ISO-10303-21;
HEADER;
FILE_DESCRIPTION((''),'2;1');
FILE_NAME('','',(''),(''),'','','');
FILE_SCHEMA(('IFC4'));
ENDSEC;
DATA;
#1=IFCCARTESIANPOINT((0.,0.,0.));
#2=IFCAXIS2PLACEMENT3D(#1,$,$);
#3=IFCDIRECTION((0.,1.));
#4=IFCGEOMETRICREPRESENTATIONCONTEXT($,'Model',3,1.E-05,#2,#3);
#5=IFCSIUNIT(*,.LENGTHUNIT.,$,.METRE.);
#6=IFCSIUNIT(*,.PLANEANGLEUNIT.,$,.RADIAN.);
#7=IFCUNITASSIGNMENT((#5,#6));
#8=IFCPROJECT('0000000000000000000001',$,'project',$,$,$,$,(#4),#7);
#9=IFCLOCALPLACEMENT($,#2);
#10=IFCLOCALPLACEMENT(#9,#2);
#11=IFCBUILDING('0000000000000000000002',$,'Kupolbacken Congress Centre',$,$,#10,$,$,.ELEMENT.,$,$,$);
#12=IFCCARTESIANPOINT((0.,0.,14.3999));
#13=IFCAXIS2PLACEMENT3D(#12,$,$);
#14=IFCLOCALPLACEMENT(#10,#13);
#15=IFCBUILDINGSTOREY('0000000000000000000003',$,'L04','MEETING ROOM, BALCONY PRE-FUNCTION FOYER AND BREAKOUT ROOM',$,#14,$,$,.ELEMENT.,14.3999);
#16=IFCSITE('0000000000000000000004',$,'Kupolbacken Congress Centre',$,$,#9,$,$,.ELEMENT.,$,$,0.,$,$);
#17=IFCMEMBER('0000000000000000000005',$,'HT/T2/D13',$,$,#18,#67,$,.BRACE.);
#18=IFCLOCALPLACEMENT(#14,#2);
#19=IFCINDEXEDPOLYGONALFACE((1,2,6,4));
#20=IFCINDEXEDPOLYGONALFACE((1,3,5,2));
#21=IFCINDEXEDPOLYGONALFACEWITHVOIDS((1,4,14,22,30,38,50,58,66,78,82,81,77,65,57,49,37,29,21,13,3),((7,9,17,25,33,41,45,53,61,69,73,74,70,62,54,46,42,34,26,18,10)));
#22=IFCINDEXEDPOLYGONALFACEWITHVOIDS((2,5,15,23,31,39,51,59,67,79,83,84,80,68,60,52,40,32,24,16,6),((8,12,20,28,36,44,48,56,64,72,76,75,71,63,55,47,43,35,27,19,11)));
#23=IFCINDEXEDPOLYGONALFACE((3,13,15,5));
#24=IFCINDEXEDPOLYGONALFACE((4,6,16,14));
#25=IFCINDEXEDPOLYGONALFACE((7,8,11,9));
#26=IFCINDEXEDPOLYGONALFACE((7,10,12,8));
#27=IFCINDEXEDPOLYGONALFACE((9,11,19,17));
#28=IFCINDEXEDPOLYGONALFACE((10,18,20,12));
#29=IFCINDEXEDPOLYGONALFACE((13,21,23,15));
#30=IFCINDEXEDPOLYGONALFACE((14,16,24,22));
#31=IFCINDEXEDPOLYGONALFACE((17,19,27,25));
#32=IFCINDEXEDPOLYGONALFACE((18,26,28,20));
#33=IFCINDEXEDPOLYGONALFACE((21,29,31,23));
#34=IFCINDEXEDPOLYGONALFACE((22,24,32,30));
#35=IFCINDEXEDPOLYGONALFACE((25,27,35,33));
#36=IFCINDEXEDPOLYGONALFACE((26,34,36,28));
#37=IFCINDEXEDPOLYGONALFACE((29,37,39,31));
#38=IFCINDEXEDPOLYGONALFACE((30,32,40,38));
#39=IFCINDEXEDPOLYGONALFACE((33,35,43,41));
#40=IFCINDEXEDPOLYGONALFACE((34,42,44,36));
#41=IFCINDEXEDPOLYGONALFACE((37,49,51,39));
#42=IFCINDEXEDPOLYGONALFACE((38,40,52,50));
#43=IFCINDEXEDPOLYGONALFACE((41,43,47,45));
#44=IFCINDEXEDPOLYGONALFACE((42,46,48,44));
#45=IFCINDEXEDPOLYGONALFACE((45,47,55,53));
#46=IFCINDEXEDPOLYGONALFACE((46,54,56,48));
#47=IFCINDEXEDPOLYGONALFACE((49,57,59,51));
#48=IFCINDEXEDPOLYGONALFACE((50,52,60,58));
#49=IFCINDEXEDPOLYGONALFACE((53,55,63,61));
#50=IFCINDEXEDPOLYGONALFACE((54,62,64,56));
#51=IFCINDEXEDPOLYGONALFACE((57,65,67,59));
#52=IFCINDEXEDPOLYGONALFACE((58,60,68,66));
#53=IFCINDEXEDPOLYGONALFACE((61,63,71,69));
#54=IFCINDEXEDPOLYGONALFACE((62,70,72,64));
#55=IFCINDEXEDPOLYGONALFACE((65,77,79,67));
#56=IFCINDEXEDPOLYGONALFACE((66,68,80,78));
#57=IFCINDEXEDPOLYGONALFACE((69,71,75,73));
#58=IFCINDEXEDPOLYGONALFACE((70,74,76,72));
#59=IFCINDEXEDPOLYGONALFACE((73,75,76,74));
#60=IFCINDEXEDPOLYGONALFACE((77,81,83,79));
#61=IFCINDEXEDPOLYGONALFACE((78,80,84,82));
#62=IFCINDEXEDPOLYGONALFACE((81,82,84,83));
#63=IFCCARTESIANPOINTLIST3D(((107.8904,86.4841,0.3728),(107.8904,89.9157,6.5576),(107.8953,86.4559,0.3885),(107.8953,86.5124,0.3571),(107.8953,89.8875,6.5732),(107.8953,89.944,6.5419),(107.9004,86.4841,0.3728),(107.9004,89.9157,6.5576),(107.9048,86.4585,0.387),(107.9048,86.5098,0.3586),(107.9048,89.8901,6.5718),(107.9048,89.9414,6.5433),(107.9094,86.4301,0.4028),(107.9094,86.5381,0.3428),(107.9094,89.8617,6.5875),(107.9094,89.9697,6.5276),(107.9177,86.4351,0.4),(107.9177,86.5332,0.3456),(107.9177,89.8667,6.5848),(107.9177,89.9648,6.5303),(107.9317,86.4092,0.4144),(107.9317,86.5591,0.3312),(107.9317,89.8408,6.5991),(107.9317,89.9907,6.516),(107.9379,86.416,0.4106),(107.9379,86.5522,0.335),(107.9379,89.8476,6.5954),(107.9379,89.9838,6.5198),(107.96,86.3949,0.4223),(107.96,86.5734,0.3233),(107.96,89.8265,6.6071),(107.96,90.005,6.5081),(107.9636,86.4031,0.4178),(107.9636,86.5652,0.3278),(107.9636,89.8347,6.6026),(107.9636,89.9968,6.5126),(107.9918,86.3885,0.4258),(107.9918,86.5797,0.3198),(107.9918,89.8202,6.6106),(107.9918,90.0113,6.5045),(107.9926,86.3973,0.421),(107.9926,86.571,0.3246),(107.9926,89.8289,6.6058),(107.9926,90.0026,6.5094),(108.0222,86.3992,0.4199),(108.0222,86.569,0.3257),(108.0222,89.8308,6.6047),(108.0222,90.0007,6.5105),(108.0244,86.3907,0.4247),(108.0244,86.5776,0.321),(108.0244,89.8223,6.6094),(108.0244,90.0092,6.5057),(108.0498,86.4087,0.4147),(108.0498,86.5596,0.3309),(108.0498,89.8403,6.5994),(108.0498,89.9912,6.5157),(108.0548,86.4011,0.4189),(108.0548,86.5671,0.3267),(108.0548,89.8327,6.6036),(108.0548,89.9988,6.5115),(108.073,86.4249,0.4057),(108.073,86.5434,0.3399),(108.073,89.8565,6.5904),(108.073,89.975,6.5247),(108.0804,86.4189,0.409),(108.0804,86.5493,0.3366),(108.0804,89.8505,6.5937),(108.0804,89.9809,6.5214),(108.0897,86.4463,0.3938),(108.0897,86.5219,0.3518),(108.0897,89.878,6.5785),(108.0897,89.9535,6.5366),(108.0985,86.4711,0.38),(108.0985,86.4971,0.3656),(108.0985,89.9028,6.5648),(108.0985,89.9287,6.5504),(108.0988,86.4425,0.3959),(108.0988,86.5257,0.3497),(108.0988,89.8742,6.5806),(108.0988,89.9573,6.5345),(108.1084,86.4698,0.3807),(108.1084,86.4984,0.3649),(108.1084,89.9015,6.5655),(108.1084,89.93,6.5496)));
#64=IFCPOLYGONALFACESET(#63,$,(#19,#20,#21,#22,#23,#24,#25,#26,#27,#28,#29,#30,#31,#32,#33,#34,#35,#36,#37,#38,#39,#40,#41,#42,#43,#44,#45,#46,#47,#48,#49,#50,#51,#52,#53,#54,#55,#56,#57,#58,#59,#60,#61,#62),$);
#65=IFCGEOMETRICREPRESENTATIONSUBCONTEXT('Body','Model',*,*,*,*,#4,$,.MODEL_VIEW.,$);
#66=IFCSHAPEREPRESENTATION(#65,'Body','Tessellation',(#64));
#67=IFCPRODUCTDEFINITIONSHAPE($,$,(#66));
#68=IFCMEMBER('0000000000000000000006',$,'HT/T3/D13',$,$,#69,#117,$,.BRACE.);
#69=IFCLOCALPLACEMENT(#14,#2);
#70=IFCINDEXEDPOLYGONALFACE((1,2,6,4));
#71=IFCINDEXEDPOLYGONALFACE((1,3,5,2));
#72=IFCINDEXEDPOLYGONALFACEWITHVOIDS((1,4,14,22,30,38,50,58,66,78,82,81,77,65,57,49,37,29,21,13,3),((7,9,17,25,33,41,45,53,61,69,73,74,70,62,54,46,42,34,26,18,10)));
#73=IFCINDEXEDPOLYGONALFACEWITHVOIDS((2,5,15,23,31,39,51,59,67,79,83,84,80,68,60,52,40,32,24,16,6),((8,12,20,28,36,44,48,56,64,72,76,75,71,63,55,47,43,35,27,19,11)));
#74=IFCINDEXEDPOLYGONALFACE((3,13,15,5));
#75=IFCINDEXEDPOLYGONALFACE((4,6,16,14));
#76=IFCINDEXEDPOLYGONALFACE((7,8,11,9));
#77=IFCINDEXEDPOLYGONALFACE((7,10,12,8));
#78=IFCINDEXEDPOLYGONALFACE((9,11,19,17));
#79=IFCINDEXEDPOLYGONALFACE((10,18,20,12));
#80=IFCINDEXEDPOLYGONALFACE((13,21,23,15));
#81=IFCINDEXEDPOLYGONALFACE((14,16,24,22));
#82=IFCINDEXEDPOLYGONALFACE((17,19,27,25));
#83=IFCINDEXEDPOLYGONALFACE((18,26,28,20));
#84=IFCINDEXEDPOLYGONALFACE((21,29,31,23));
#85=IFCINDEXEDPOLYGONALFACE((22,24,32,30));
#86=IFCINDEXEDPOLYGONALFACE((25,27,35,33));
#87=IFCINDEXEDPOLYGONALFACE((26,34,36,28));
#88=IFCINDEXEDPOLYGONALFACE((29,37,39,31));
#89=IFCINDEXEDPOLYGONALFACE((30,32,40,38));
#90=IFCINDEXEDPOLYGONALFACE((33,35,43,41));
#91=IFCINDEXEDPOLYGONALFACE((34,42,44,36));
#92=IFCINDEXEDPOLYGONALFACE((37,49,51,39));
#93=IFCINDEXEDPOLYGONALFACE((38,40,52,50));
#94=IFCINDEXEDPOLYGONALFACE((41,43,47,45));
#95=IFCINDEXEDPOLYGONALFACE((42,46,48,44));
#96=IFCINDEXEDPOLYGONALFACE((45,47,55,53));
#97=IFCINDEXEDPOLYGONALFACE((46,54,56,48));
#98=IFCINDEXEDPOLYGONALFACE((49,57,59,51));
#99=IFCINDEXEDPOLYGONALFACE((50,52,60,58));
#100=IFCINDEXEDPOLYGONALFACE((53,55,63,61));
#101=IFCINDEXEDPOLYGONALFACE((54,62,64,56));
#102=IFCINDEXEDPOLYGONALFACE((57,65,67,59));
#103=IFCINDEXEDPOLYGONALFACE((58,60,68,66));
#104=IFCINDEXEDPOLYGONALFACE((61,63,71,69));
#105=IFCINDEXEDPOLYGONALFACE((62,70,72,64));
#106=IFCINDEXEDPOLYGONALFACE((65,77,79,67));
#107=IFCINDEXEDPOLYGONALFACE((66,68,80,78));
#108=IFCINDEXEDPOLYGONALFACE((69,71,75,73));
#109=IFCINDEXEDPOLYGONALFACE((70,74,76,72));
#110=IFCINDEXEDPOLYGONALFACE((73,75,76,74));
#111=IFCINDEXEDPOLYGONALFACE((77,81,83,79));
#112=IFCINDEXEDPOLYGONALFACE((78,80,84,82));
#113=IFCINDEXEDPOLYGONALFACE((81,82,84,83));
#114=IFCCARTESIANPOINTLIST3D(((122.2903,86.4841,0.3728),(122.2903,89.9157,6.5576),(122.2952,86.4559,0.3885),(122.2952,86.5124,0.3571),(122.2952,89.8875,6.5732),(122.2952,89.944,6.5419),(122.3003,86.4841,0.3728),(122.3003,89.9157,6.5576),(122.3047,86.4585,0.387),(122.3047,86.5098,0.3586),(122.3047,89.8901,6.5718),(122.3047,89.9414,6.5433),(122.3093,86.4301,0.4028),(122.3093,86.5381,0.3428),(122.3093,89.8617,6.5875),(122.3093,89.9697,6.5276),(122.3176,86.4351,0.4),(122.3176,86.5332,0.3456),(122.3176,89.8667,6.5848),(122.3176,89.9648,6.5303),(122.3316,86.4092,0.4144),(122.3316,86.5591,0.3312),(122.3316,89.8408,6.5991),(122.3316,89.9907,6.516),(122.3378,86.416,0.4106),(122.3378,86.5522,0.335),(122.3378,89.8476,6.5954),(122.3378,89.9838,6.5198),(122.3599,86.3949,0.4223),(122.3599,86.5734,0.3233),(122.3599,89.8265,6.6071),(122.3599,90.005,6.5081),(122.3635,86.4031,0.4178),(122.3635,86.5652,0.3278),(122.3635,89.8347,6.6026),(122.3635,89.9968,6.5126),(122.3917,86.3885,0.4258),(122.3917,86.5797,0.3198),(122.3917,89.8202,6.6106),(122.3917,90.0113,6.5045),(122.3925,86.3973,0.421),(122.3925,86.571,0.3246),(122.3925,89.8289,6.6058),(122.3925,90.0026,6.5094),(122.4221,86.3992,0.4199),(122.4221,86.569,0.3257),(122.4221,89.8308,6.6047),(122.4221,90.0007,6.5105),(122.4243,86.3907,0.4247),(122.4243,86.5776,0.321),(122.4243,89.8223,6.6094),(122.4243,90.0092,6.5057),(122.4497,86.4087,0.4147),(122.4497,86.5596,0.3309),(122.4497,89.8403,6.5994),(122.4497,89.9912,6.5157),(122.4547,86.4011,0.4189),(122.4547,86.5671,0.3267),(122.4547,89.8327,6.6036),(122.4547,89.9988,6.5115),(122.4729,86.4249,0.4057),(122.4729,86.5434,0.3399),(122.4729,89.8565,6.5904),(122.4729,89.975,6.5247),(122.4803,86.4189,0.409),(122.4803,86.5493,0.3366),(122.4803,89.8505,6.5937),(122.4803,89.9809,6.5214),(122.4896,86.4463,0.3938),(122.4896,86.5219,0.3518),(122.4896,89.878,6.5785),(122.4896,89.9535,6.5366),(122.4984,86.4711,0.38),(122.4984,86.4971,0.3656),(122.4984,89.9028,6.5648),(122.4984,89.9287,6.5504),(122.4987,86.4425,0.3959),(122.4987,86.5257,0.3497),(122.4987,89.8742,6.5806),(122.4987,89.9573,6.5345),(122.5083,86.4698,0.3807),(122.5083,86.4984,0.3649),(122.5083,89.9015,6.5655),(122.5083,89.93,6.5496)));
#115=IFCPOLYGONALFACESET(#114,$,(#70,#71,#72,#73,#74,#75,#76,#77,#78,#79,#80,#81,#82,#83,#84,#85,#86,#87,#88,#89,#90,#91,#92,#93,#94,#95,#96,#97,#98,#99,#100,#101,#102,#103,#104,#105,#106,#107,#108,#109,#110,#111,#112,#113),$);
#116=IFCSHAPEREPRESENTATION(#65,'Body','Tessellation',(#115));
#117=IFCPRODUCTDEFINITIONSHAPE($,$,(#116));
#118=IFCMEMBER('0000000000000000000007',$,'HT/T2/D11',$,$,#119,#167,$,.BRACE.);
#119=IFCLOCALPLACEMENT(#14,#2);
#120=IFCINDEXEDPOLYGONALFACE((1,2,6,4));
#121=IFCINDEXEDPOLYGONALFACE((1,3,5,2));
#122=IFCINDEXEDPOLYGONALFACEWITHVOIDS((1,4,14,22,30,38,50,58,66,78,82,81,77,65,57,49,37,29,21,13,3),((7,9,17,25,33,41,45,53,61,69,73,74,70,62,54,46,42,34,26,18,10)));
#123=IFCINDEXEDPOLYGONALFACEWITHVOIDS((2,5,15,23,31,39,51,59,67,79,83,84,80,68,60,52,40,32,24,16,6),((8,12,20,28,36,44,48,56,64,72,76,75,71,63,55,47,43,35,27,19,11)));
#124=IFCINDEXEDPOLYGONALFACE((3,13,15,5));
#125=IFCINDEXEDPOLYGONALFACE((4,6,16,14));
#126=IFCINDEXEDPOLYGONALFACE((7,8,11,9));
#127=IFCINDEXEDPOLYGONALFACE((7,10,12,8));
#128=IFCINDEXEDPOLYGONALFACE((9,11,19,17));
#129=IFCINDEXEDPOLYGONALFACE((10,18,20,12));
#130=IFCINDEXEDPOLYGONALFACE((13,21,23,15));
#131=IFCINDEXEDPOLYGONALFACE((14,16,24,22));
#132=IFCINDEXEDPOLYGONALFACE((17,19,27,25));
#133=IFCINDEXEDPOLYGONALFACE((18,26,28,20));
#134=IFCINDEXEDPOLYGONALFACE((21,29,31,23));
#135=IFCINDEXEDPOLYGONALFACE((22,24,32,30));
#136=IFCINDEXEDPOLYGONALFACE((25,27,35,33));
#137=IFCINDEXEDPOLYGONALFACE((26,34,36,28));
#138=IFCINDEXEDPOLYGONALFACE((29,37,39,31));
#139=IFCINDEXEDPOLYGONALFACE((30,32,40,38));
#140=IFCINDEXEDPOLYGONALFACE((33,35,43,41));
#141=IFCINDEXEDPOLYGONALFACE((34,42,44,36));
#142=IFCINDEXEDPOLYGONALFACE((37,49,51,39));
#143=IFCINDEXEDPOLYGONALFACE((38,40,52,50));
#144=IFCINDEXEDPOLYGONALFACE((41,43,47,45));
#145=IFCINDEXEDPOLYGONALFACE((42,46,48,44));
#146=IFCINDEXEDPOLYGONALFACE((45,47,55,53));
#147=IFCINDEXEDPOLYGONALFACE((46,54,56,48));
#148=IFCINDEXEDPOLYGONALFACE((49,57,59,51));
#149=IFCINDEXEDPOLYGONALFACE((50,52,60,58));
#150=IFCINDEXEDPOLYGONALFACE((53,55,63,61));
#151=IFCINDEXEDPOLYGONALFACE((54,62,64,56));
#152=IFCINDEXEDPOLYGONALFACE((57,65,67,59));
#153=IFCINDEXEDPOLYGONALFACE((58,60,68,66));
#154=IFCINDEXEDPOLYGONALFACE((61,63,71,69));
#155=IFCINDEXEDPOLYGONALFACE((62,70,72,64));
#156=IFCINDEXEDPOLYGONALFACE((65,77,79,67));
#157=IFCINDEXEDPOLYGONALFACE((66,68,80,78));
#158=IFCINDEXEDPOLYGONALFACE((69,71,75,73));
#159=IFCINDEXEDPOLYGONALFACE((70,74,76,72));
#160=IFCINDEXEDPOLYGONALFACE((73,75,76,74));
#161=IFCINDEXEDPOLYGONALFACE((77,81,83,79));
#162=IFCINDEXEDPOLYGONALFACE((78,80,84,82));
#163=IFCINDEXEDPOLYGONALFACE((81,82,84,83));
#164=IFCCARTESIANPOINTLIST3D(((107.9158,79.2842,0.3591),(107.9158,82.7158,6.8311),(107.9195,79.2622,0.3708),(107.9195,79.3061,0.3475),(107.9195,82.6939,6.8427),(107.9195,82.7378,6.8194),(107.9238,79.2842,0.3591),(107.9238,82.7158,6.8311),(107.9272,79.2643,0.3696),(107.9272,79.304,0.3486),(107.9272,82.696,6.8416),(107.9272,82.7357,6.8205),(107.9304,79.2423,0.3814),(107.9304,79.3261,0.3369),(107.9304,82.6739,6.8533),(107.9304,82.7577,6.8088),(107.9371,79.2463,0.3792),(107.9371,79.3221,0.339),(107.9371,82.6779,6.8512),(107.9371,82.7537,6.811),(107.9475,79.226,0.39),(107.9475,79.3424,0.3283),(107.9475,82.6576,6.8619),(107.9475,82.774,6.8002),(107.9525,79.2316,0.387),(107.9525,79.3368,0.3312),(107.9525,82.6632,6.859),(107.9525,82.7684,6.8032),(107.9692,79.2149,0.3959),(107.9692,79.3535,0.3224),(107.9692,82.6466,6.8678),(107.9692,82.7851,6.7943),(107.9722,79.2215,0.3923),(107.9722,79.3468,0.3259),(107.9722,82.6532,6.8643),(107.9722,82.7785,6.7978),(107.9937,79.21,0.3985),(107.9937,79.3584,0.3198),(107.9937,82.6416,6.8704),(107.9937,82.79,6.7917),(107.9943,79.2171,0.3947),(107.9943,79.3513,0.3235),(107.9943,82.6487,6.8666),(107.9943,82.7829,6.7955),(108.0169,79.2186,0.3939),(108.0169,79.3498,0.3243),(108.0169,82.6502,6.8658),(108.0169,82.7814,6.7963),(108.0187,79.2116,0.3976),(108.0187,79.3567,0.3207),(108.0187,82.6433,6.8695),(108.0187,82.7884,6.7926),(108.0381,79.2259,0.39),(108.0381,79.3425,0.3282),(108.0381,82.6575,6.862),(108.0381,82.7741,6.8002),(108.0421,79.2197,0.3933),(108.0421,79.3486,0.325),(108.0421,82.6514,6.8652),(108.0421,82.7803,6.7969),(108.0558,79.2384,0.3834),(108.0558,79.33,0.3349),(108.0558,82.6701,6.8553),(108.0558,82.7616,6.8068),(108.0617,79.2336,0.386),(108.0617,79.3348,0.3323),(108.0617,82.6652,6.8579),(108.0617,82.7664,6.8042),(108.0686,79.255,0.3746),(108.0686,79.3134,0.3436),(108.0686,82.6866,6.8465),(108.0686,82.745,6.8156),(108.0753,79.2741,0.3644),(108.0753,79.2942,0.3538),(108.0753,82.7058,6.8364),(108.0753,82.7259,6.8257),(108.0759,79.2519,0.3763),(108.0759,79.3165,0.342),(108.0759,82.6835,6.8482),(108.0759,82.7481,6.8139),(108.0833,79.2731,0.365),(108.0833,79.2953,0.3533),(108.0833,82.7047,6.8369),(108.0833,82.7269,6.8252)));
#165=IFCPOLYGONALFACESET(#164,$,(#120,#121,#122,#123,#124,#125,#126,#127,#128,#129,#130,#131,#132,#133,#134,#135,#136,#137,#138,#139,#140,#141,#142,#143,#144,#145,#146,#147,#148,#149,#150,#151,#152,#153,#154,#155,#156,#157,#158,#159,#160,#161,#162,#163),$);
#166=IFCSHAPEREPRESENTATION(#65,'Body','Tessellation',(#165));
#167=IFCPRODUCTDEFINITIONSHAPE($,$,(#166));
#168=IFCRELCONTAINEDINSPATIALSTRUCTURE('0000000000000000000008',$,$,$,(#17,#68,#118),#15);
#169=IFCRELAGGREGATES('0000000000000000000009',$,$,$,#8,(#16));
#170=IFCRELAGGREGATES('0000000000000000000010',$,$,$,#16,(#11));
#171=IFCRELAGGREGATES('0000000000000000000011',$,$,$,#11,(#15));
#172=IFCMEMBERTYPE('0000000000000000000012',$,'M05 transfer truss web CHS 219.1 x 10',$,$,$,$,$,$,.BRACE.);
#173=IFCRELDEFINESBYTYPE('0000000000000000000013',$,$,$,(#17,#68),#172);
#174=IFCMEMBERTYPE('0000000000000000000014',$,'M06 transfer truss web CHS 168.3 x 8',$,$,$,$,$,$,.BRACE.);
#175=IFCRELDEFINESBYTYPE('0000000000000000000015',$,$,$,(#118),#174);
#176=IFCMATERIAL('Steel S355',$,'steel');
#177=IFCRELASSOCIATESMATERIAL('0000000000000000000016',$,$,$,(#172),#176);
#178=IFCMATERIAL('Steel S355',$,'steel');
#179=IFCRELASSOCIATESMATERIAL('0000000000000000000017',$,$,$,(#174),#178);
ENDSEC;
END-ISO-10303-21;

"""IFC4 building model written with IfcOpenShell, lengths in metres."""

from ifc_helpers import new_model, si_unit, direction, frame, origin, origin_2d, place, context, subcontext, project, spatial, hollow_circle, extrude, material, material_profile, profile_set, type_object, element, save


model = new_model("IFC4")

# Units and contexts
model_context = context("Model", 3, precision=1e-05, world=origin(), true_north=direction((0.0, 1.0)))
body_context = subcontext(model_context, "Body", "Model", "MODEL_VIEW")
ifc_project = project(units=[si_unit("LENGTHUNIT", "METRE"), si_unit("PLANEANGLEUNIT", "RADIAN")], contexts=[model_context])

# Site, building, storey
site_placement = place(None, origin())
site = spatial("IfcSite", under=ifc_project, at=site_placement, Name="Kupolbacken Congress Centre", CompositionType="ELEMENT", RefElevation=0.0)
building_placement = place(site_placement, origin())
building = spatial("IfcBuilding", under=site, at=building_placement, Name="Kupolbacken Congress Centre", CompositionType="ELEMENT")
storey_placement = place(building_placement, frame((0.0, 0.0, 14.3999)))
storey = spatial("IfcBuildingStorey", under=building, at=storey_placement, Name="L04", Description="MEETING ROOM, BALCONY PRE-FUNCTION FOYER AND BREAKOUT ROOM", CompositionType="ELEMENT", Elevation=14.3999)

# Members
ifc_material_1 = material(Name="Steel S355", Category="steel")
ifc_material_profile_1 = material_profile(ifc_material_1, hollow_circle(Radius=0.1096, WallThickness=0.01, at=origin_2d()), Name="CHS 219.1 x 10")
ifc_profile_set_1 = profile_set([ifc_material_profile_1], Name="Steel S355")
member_type_1 = type_object("IfcMemberType", Name="M05 transfer truss web CHS 219.1 x 10", PredefinedType="BRACE", material=ifc_profile_set_1)
for number, where, z_axis, x_axis, name in (
    (1, (108.0, 86.4841, 0.3728), (0.0, 0.485171, 0.874419), (-1.0, 0.0, 0.0), "HT/T2/D13"),
    (2, (122.3999, 86.4841, 0.3728), (0.0, 0.485171, 0.874419), (-1.0, 0.0, 0.0), "HT/T3/D13"),
):
    element("IfcMember", number, at=place(storey_placement, frame(where, z_axis=z_axis, x_axis=x_axis)), inside=storey, type_object=member_type_1, Name=name, PredefinedType="BRACE", context=body_context, shape_type="SweptSolid", body=[
        extrude(hollow_circle(Radius=0.1096, WallThickness=0.01, at=origin_2d()), origin(), (0.0, 0.0, 1.0), 7.073),
    ])
ifc_material_2 = material(Name="Steel S355", Category="steel")
ifc_material_profile_2 = material_profile(ifc_material_2, hollow_circle(Radius=0.0842, WallThickness=0.0081, at=origin_2d()), Name="CHS 168.3 x 8")
ifc_profile_set_2 = profile_set([ifc_material_profile_2], Name="Steel S355")
member_type_2 = type_object("IfcMemberType", Name="M06 transfer truss web CHS 168.3 x 8", PredefinedType="BRACE", material=ifc_profile_set_2)
for number, where, z_axis, x_axis, name in (
    (3, (108.0, 79.2842, 0.3591), (0.0, 0.468456, 0.883487), (-1.0, 0.0, 0.0), "HT/T2/D11"),
):
    element("IfcMember", number, at=place(storey_placement, frame(where, z_axis=z_axis, x_axis=x_axis)), inside=storey, type_object=member_type_2, Name=name, PredefinedType="BRACE", context=body_context, shape_type="SweptSolid", body=[
        extrude(hollow_circle(Radius=0.0842, WallThickness=0.0081, at=origin_2d()), origin(), (0.0, 0.0, 1.0), 7.3254),
    ])

save(model, "model.ifc")
